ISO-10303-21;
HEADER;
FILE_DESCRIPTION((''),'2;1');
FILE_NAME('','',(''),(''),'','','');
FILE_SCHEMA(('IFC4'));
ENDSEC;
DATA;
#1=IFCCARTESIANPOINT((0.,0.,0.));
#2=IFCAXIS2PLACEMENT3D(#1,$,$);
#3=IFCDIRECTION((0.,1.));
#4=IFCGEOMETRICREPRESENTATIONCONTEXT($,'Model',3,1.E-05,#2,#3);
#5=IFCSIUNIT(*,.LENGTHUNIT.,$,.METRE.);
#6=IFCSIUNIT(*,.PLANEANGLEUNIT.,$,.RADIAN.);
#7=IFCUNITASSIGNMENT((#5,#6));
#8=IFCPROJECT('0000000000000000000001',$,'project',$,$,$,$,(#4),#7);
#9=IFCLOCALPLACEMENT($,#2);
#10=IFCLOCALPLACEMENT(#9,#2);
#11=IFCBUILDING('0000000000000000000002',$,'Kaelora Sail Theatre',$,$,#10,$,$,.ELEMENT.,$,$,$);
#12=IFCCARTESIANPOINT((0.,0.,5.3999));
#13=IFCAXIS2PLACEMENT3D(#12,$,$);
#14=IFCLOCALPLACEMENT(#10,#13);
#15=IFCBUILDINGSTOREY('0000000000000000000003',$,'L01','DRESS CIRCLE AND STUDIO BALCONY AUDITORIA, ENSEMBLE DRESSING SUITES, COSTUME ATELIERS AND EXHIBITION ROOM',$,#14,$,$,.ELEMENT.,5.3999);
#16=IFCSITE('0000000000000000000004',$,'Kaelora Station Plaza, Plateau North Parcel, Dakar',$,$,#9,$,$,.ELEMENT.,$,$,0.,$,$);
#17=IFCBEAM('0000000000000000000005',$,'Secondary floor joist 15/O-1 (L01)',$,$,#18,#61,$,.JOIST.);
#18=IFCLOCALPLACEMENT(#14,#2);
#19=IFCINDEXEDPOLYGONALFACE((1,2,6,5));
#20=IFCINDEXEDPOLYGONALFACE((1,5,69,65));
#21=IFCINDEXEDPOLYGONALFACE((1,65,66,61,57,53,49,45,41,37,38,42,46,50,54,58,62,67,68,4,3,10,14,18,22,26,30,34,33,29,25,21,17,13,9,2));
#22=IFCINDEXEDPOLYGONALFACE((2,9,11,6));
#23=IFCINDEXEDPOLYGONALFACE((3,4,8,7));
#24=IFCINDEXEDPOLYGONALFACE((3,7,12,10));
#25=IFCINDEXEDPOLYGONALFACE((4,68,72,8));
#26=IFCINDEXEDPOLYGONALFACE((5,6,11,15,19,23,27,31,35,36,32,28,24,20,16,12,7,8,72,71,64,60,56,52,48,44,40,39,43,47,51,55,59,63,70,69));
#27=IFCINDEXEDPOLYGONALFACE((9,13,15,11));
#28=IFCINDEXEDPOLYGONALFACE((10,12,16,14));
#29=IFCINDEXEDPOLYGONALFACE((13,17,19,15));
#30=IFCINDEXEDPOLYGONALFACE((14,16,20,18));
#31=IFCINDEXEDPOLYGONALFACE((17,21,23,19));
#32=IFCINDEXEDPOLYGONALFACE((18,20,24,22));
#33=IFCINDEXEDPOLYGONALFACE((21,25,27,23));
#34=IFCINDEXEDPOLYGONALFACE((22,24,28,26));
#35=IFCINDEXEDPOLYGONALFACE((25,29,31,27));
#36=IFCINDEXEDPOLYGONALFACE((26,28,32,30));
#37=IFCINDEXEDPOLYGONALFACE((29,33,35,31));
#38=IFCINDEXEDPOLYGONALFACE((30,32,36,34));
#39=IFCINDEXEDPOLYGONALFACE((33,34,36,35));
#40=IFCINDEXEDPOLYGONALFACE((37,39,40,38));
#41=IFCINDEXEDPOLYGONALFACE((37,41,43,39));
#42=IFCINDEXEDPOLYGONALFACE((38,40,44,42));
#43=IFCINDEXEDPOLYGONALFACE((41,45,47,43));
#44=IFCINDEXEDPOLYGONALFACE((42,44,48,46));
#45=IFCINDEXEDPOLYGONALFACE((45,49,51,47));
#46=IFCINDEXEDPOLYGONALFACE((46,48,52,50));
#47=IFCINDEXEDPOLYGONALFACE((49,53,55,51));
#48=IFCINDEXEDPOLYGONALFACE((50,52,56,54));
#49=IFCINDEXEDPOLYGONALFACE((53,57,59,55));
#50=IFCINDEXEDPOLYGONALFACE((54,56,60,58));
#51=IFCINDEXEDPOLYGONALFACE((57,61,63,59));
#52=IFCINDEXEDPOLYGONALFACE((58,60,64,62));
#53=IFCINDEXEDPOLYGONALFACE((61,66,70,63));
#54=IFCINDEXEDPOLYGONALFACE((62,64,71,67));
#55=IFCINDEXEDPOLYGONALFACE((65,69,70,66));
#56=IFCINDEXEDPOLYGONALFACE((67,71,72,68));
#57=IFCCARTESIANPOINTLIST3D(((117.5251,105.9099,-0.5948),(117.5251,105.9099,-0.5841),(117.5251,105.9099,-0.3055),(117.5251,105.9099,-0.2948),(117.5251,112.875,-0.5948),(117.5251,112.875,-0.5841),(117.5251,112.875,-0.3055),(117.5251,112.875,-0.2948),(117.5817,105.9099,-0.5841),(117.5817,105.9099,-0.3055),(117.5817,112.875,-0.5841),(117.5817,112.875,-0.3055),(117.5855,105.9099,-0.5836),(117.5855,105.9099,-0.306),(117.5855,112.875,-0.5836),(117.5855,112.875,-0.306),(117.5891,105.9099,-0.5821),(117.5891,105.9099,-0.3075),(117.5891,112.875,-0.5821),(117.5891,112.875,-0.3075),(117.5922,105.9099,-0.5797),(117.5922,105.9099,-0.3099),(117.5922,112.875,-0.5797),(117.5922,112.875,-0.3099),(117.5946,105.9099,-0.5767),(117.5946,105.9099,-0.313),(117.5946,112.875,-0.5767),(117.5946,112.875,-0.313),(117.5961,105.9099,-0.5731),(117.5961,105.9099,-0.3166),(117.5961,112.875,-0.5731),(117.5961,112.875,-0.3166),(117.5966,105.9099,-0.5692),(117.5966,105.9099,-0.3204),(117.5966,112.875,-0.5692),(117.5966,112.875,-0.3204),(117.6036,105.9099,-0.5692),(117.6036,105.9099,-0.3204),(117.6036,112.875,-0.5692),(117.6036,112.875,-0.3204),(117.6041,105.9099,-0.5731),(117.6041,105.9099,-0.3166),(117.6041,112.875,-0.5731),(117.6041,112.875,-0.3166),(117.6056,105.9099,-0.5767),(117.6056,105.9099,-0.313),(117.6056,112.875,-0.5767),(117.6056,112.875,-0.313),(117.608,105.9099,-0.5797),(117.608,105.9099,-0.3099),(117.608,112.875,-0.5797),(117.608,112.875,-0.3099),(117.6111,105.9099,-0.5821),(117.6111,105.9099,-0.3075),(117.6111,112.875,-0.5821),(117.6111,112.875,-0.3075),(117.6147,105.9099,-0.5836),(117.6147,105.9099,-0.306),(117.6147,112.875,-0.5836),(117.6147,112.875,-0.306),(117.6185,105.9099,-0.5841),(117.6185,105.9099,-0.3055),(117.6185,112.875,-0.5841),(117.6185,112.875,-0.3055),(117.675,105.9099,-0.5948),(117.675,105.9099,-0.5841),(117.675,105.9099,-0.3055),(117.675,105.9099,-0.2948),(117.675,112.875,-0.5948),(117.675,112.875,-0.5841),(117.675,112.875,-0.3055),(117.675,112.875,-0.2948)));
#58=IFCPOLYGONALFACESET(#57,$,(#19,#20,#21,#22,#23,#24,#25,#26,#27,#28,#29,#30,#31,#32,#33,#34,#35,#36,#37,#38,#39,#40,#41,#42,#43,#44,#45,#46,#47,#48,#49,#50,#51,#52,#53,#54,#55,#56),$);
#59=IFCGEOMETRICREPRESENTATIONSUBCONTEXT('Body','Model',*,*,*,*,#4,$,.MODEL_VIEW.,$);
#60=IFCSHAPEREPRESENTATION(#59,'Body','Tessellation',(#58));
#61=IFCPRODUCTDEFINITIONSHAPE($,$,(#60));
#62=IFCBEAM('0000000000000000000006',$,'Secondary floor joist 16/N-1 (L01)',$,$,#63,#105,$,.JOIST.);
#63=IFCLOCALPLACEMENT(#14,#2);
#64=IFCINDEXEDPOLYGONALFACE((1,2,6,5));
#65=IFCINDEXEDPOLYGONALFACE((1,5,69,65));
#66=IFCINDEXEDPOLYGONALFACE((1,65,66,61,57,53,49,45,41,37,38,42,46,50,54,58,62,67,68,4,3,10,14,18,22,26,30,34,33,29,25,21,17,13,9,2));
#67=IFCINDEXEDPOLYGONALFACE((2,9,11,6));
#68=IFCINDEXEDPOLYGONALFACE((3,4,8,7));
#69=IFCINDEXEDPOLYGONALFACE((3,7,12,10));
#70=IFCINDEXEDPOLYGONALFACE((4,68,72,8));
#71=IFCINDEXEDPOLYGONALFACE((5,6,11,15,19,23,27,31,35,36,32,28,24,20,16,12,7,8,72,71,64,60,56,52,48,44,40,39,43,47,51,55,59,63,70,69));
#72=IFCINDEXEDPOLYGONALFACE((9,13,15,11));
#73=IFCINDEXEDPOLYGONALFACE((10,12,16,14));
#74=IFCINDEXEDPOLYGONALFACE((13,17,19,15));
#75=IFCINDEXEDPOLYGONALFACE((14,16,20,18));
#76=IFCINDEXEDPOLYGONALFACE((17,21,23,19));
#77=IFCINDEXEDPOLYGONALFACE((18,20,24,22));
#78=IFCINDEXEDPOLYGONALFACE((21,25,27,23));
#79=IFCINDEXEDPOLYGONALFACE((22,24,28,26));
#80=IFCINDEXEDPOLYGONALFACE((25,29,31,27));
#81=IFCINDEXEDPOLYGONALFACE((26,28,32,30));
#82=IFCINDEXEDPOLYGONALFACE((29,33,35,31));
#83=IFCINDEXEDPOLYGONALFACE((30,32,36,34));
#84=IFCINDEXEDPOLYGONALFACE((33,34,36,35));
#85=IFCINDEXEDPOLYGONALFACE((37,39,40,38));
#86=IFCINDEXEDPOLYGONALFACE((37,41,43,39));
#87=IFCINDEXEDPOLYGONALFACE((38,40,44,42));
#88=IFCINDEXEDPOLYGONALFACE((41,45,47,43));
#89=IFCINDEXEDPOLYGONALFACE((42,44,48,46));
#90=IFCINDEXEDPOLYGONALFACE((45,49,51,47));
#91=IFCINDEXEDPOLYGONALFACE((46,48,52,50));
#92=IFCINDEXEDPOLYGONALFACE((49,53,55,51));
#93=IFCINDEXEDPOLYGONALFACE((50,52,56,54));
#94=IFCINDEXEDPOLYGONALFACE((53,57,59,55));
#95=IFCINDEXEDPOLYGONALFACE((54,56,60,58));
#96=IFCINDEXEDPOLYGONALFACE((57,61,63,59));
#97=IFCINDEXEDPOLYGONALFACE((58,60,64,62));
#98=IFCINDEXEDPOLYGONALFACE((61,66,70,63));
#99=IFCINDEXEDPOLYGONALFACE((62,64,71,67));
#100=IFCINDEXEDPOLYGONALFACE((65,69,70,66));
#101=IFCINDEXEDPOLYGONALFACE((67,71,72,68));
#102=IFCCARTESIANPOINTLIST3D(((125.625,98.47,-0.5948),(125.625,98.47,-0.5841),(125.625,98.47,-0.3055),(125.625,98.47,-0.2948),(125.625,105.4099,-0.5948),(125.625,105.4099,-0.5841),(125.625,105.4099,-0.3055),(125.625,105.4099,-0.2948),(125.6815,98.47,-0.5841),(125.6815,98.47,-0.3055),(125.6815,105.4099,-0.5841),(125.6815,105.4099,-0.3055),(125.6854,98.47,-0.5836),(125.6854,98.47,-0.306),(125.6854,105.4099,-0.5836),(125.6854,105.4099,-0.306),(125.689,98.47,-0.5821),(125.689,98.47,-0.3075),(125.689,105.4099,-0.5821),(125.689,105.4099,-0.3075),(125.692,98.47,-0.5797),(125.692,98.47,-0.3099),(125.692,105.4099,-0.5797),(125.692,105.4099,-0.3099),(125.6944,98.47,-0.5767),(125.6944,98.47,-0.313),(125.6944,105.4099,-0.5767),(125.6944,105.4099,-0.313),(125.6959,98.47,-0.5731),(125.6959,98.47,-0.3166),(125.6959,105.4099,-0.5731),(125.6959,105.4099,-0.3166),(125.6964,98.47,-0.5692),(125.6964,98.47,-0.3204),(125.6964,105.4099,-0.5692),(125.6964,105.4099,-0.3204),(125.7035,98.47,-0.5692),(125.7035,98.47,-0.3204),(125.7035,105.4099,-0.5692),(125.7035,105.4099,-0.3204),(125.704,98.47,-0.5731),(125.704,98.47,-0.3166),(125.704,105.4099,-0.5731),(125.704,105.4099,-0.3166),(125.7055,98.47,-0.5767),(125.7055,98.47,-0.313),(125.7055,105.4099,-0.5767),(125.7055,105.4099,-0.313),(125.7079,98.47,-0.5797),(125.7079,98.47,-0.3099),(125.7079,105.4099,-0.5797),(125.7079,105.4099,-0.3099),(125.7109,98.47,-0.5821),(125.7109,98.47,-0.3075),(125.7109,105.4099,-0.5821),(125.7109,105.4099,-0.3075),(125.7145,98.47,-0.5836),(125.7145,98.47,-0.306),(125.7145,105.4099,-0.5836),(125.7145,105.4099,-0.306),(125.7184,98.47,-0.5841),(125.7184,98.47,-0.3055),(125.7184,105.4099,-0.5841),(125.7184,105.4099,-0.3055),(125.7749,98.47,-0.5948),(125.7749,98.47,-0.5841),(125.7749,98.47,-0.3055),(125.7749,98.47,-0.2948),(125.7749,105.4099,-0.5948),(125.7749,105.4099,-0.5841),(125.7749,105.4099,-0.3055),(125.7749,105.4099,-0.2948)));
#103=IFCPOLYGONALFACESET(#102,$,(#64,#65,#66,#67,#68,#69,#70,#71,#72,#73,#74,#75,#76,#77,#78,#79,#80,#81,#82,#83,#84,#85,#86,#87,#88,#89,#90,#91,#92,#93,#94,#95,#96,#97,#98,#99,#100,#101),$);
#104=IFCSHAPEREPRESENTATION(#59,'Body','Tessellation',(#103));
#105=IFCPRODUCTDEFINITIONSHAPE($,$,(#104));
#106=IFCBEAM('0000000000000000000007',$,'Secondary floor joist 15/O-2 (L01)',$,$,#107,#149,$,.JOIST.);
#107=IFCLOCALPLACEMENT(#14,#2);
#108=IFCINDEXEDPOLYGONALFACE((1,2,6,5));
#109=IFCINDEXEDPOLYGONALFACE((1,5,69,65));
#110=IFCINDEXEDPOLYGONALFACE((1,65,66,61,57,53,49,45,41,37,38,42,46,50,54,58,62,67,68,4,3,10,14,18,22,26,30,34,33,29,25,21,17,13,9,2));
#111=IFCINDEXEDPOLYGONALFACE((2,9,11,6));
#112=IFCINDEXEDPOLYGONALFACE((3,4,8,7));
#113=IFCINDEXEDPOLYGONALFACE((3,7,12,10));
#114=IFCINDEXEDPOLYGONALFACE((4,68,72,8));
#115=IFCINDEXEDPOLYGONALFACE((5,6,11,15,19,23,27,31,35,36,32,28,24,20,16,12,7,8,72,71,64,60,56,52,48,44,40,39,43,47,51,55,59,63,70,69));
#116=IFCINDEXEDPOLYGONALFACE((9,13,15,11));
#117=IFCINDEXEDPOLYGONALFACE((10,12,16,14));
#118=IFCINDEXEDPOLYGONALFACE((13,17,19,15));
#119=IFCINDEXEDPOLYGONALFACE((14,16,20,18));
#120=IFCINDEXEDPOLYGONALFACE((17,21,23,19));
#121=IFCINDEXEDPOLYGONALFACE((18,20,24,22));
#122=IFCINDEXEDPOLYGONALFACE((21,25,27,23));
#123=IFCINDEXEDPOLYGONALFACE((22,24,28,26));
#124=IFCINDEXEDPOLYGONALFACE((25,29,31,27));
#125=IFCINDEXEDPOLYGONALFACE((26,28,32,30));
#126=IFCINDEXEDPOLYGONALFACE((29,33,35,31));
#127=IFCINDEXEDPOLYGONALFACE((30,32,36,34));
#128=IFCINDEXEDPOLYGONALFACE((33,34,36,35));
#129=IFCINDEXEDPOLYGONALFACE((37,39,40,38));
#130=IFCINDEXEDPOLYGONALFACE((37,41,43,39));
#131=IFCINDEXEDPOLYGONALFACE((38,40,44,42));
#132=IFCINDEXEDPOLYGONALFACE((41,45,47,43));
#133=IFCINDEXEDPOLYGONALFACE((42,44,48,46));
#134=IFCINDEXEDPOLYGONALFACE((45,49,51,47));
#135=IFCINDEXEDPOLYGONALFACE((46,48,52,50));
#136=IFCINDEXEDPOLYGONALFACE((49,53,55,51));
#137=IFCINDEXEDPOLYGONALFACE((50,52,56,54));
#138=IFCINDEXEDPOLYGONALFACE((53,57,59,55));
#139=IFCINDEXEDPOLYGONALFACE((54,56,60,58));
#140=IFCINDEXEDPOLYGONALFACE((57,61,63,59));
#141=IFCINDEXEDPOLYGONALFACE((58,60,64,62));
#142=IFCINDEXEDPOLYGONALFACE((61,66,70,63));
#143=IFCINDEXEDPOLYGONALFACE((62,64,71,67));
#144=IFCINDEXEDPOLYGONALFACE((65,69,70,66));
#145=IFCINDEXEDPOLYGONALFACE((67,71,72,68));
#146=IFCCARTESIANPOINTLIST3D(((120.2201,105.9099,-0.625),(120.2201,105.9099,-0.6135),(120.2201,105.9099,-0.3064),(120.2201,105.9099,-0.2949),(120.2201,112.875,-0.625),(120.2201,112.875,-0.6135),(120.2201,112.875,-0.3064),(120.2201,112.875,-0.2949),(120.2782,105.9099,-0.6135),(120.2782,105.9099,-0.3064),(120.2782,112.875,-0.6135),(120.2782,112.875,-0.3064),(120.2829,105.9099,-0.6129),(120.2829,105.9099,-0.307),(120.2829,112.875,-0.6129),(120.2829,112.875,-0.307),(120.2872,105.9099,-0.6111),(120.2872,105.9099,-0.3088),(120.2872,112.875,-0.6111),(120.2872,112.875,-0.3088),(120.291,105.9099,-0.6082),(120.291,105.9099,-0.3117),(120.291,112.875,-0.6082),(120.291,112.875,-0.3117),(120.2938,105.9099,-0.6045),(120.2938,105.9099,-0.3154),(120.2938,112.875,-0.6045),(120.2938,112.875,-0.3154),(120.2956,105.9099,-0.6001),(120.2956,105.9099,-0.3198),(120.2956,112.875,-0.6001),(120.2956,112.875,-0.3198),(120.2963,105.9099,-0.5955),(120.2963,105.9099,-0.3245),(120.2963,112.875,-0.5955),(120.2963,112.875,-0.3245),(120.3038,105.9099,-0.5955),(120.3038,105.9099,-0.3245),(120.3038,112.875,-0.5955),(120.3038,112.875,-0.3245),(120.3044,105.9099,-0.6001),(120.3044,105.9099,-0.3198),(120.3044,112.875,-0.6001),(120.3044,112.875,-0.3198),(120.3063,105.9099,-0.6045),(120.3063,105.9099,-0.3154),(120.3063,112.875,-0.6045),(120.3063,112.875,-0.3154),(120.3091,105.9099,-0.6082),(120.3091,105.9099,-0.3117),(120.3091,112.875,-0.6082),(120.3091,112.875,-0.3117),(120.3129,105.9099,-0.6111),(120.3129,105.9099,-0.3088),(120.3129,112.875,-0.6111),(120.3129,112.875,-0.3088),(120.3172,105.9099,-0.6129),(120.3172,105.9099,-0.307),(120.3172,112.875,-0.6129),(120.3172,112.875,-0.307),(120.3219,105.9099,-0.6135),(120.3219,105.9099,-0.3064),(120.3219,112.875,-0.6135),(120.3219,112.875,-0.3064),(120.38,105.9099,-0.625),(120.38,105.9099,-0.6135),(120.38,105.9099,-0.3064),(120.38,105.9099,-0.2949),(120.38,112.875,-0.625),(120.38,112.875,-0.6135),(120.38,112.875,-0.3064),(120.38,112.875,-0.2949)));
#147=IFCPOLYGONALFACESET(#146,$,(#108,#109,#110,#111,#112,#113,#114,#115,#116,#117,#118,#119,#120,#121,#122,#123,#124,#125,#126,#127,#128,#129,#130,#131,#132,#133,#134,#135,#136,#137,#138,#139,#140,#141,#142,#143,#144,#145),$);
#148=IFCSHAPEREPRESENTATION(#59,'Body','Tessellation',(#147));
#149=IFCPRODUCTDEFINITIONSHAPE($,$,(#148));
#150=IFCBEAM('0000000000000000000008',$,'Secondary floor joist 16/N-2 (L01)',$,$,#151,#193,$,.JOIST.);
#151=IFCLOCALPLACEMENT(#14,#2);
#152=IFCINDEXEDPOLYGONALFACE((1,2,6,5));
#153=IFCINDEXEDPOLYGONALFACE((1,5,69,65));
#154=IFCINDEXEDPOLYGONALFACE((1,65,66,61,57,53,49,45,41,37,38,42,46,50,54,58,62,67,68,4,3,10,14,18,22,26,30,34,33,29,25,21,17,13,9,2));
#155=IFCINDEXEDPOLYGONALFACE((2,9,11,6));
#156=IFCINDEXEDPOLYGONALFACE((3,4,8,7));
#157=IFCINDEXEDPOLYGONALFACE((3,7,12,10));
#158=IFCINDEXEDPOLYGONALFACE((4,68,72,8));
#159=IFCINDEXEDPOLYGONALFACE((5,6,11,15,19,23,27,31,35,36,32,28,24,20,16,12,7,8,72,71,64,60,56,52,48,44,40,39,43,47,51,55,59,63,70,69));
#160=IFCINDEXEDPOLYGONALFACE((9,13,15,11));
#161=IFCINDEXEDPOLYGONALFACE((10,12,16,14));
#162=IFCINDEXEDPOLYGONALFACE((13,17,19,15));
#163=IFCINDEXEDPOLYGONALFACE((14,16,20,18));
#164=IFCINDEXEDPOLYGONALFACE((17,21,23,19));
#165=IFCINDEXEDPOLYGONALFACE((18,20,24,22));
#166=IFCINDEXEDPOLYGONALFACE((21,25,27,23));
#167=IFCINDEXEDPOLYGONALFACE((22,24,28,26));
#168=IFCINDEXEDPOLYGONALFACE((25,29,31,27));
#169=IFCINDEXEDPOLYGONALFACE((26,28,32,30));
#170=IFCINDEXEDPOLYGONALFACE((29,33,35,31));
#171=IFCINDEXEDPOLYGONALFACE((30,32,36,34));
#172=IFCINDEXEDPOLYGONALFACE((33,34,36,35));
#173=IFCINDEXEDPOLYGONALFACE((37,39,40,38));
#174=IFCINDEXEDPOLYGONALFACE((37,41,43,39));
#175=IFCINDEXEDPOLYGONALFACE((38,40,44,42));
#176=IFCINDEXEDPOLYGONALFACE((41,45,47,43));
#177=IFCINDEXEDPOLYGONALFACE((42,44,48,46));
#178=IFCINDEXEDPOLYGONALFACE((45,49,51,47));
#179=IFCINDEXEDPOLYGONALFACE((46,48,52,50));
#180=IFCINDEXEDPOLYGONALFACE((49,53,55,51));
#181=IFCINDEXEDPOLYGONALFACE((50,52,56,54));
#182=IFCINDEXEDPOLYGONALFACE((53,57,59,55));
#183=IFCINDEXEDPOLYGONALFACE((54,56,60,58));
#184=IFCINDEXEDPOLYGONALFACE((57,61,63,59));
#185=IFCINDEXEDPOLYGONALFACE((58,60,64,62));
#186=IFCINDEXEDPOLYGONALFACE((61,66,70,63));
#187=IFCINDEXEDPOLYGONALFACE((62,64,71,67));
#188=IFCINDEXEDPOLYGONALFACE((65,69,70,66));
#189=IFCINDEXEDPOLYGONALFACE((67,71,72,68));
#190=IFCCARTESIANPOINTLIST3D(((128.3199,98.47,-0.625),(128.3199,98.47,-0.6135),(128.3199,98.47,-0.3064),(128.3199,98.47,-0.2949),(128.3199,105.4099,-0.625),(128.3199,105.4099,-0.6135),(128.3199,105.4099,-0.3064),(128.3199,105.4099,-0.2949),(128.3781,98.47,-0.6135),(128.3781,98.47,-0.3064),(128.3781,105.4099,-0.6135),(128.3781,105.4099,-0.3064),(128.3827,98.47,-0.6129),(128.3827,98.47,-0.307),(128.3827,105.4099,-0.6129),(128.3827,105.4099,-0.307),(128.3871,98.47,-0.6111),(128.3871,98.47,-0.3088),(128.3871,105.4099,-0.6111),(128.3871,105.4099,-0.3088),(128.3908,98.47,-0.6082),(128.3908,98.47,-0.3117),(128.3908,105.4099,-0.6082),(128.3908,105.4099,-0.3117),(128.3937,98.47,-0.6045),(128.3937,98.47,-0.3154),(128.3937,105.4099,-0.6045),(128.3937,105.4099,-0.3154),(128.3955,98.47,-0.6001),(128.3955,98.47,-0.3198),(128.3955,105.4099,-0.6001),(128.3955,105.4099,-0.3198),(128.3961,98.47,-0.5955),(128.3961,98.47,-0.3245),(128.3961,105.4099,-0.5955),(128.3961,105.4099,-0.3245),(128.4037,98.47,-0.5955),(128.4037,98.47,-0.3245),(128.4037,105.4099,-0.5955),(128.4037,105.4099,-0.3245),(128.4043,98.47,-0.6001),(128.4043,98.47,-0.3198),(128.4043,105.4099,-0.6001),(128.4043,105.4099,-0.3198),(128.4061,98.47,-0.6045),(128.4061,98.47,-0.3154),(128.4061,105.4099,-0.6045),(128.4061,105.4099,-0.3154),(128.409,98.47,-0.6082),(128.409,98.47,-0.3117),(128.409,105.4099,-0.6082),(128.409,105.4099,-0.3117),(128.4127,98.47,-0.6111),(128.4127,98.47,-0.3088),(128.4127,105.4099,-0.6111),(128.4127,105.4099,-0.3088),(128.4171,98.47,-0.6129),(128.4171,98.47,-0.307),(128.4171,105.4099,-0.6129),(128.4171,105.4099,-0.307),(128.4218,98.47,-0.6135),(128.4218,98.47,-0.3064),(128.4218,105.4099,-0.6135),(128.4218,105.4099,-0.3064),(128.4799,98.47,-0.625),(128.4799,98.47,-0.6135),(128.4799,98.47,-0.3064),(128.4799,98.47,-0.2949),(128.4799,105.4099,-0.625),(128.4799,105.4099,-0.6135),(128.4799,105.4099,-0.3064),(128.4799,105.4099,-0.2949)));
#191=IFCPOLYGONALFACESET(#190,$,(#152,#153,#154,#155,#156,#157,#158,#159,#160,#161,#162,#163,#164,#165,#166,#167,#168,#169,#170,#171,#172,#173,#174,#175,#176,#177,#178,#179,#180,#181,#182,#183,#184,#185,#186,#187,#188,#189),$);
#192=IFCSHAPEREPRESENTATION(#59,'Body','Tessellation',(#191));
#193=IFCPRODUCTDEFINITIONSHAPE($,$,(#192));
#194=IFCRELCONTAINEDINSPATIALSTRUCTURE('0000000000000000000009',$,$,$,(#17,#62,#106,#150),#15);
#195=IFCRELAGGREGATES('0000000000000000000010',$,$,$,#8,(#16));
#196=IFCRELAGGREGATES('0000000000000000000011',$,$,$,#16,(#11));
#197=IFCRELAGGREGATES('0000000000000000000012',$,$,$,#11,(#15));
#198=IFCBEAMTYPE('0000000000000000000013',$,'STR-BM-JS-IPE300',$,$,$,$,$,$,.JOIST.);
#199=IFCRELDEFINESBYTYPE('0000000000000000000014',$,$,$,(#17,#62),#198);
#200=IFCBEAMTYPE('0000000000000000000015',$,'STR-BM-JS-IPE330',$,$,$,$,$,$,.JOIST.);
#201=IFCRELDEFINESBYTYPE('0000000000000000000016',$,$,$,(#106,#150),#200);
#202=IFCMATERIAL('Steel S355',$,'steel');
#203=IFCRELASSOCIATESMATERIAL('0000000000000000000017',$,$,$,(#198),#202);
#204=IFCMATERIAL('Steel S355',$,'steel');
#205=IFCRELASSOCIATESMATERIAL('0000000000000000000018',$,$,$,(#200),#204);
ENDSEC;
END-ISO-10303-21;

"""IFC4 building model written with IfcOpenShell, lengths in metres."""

from ifc_helpers import new_model, si_unit, direction, frame, origin, origin_2d, place, context, subcontext, project, spatial, i_section, extrude, material, material_profile, profile_set, type_object, element, save


model = new_model("IFC4")

# Units and contexts
model_context = context("Model", 3, precision=1e-05, world=origin(), true_north=direction((0.0, 1.0)))
body_context = subcontext(model_context, "Body", "Model", "MODEL_VIEW")
ifc_project = project(units=[si_unit("LENGTHUNIT", "METRE"), si_unit("PLANEANGLEUNIT", "RADIAN")], contexts=[model_context])

# Site, building, storey
site_placement = place(None, origin())
site = spatial("IfcSite", under=ifc_project, at=site_placement, Name="Kaelora Station Plaza, Plateau North Parcel, Dakar", CompositionType="ELEMENT", RefElevation=0.0)
building_placement = place(site_placement, origin())
building = spatial("IfcBuilding", under=site, at=building_placement, Name="Kaelora Sail Theatre", CompositionType="ELEMENT")
storey_placement = place(building_placement, frame((0.0, 0.0, 5.3999)))
storey = spatial("IfcBuildingStorey", under=building, at=storey_placement, Name="L01", Description="DRESS CIRCLE AND STUDIO BALCONY AUDITORIA, ENSEMBLE DRESSING SUITES, COSTUME ATELIERS AND EXHIBITION ROOM", CompositionType="ELEMENT", Elevation=5.3999)

# Beams
ifc_material_1 = material(Name="Steel S355", Category="steel")
ifc_material_profile_1 = material_profile(ifc_material_1, i_section(OverallWidth=0.1499, OverallDepth=0.3, WebThickness=0.0071, FlangeThickness=0.0107, FilletRadius=0.0149, at=origin_2d()), Name="IPE 300")
ifc_profile_set_1 = profile_set([ifc_material_profile_1], Name="Steel S355")
beam_type_1 = type_object("IfcBeamType", Name="STR-BM-JS-IPE300", PredefinedType="JOIST", material=ifc_profile_set_1)
beam_1_placement = place(storey_placement, frame((117.6001, 105.9099, -0.4448), z_axis=(0.0, 1.0, 0.0), x_axis=(-1.0, 0.0, 0.0)))
element("IfcBeam", 1, at=beam_1_placement, inside=storey, type_object=beam_type_1, Name="Secondary floor joist 15/O-1 (L01)", PredefinedType="JOIST", context=body_context, shape_type="SweptSolid", body=[
    extrude(i_section(OverallWidth=0.1499, OverallDepth=0.3, WebThickness=0.0071, FlangeThickness=0.0107, FilletRadius=0.0149, at=origin_2d()), origin(), (0.0, 0.0, 1.0), 6.9651),
])
beam_2_placement = place(storey_placement, frame((125.7, 98.47, -0.4448), z_axis=(0.0, 1.0, 0.0), x_axis=(-1.0, 0.0, 0.0)))
element("IfcBeam", 2, at=beam_2_placement, inside=storey, type_object=beam_type_1, Name="Secondary floor joist 16/N-1 (L01)", PredefinedType="JOIST", context=body_context, shape_type="SweptSolid", body=[
    extrude(i_section(OverallWidth=0.1499, OverallDepth=0.3, WebThickness=0.0071, FlangeThickness=0.0107, FilletRadius=0.0149, at=origin_2d()), origin(), (0.0, 0.0, 1.0), 6.9399),
])
ifc_material_2 = material(Name="Steel S355", Category="steel")
ifc_material_profile_2 = material_profile(ifc_material_2, i_section(OverallWidth=0.1599, OverallDepth=0.3301, WebThickness=0.0076, FlangeThickness=0.0115, FilletRadius=0.0181, at=origin_2d()), Name="IPE 330")
ifc_profile_set_2 = profile_set([ifc_material_profile_2], Name="Steel S355")
beam_type_2 = type_object("IfcBeamType", Name="STR-BM-JS-IPE330", PredefinedType="JOIST", material=ifc_profile_set_2)
beam_3_placement = place(storey_placement, frame((120.3, 105.9099, -0.46), z_axis=(0.0, 1.0, 0.0), x_axis=(-1.0, 0.0, 0.0)))
element("IfcBeam", 3, at=beam_3_placement, inside=storey, type_object=beam_type_2, Name="Secondary floor joist 15/O-2 (L01)", PredefinedType="JOIST", context=body_context, shape_type="SweptSolid", body=[
    extrude(i_section(OverallWidth=0.1599, OverallDepth=0.3301, WebThickness=0.0076, FlangeThickness=0.0115, FilletRadius=0.0181, at=origin_2d()), origin(), (0.0, 0.0, 1.0), 6.9651),
])
beam_4_placement = place(storey_placement, frame((128.3999, 98.47, -0.46), z_axis=(0.0, 1.0, 0.0), x_axis=(-1.0, 0.0, 0.0)))
element("IfcBeam", 4, at=beam_4_placement, inside=storey, type_object=beam_type_2, Name="Secondary floor joist 16/N-2 (L01)", PredefinedType="JOIST", context=body_context, shape_type="SweptSolid", body=[
    extrude(i_section(OverallWidth=0.1599, OverallDepth=0.3301, WebThickness=0.0076, FlangeThickness=0.0115, FilletRadius=0.0181, at=origin_2d()), origin(), (0.0, 0.0, 1.0), 6.9399),
])

save(model, "model.ifc")
